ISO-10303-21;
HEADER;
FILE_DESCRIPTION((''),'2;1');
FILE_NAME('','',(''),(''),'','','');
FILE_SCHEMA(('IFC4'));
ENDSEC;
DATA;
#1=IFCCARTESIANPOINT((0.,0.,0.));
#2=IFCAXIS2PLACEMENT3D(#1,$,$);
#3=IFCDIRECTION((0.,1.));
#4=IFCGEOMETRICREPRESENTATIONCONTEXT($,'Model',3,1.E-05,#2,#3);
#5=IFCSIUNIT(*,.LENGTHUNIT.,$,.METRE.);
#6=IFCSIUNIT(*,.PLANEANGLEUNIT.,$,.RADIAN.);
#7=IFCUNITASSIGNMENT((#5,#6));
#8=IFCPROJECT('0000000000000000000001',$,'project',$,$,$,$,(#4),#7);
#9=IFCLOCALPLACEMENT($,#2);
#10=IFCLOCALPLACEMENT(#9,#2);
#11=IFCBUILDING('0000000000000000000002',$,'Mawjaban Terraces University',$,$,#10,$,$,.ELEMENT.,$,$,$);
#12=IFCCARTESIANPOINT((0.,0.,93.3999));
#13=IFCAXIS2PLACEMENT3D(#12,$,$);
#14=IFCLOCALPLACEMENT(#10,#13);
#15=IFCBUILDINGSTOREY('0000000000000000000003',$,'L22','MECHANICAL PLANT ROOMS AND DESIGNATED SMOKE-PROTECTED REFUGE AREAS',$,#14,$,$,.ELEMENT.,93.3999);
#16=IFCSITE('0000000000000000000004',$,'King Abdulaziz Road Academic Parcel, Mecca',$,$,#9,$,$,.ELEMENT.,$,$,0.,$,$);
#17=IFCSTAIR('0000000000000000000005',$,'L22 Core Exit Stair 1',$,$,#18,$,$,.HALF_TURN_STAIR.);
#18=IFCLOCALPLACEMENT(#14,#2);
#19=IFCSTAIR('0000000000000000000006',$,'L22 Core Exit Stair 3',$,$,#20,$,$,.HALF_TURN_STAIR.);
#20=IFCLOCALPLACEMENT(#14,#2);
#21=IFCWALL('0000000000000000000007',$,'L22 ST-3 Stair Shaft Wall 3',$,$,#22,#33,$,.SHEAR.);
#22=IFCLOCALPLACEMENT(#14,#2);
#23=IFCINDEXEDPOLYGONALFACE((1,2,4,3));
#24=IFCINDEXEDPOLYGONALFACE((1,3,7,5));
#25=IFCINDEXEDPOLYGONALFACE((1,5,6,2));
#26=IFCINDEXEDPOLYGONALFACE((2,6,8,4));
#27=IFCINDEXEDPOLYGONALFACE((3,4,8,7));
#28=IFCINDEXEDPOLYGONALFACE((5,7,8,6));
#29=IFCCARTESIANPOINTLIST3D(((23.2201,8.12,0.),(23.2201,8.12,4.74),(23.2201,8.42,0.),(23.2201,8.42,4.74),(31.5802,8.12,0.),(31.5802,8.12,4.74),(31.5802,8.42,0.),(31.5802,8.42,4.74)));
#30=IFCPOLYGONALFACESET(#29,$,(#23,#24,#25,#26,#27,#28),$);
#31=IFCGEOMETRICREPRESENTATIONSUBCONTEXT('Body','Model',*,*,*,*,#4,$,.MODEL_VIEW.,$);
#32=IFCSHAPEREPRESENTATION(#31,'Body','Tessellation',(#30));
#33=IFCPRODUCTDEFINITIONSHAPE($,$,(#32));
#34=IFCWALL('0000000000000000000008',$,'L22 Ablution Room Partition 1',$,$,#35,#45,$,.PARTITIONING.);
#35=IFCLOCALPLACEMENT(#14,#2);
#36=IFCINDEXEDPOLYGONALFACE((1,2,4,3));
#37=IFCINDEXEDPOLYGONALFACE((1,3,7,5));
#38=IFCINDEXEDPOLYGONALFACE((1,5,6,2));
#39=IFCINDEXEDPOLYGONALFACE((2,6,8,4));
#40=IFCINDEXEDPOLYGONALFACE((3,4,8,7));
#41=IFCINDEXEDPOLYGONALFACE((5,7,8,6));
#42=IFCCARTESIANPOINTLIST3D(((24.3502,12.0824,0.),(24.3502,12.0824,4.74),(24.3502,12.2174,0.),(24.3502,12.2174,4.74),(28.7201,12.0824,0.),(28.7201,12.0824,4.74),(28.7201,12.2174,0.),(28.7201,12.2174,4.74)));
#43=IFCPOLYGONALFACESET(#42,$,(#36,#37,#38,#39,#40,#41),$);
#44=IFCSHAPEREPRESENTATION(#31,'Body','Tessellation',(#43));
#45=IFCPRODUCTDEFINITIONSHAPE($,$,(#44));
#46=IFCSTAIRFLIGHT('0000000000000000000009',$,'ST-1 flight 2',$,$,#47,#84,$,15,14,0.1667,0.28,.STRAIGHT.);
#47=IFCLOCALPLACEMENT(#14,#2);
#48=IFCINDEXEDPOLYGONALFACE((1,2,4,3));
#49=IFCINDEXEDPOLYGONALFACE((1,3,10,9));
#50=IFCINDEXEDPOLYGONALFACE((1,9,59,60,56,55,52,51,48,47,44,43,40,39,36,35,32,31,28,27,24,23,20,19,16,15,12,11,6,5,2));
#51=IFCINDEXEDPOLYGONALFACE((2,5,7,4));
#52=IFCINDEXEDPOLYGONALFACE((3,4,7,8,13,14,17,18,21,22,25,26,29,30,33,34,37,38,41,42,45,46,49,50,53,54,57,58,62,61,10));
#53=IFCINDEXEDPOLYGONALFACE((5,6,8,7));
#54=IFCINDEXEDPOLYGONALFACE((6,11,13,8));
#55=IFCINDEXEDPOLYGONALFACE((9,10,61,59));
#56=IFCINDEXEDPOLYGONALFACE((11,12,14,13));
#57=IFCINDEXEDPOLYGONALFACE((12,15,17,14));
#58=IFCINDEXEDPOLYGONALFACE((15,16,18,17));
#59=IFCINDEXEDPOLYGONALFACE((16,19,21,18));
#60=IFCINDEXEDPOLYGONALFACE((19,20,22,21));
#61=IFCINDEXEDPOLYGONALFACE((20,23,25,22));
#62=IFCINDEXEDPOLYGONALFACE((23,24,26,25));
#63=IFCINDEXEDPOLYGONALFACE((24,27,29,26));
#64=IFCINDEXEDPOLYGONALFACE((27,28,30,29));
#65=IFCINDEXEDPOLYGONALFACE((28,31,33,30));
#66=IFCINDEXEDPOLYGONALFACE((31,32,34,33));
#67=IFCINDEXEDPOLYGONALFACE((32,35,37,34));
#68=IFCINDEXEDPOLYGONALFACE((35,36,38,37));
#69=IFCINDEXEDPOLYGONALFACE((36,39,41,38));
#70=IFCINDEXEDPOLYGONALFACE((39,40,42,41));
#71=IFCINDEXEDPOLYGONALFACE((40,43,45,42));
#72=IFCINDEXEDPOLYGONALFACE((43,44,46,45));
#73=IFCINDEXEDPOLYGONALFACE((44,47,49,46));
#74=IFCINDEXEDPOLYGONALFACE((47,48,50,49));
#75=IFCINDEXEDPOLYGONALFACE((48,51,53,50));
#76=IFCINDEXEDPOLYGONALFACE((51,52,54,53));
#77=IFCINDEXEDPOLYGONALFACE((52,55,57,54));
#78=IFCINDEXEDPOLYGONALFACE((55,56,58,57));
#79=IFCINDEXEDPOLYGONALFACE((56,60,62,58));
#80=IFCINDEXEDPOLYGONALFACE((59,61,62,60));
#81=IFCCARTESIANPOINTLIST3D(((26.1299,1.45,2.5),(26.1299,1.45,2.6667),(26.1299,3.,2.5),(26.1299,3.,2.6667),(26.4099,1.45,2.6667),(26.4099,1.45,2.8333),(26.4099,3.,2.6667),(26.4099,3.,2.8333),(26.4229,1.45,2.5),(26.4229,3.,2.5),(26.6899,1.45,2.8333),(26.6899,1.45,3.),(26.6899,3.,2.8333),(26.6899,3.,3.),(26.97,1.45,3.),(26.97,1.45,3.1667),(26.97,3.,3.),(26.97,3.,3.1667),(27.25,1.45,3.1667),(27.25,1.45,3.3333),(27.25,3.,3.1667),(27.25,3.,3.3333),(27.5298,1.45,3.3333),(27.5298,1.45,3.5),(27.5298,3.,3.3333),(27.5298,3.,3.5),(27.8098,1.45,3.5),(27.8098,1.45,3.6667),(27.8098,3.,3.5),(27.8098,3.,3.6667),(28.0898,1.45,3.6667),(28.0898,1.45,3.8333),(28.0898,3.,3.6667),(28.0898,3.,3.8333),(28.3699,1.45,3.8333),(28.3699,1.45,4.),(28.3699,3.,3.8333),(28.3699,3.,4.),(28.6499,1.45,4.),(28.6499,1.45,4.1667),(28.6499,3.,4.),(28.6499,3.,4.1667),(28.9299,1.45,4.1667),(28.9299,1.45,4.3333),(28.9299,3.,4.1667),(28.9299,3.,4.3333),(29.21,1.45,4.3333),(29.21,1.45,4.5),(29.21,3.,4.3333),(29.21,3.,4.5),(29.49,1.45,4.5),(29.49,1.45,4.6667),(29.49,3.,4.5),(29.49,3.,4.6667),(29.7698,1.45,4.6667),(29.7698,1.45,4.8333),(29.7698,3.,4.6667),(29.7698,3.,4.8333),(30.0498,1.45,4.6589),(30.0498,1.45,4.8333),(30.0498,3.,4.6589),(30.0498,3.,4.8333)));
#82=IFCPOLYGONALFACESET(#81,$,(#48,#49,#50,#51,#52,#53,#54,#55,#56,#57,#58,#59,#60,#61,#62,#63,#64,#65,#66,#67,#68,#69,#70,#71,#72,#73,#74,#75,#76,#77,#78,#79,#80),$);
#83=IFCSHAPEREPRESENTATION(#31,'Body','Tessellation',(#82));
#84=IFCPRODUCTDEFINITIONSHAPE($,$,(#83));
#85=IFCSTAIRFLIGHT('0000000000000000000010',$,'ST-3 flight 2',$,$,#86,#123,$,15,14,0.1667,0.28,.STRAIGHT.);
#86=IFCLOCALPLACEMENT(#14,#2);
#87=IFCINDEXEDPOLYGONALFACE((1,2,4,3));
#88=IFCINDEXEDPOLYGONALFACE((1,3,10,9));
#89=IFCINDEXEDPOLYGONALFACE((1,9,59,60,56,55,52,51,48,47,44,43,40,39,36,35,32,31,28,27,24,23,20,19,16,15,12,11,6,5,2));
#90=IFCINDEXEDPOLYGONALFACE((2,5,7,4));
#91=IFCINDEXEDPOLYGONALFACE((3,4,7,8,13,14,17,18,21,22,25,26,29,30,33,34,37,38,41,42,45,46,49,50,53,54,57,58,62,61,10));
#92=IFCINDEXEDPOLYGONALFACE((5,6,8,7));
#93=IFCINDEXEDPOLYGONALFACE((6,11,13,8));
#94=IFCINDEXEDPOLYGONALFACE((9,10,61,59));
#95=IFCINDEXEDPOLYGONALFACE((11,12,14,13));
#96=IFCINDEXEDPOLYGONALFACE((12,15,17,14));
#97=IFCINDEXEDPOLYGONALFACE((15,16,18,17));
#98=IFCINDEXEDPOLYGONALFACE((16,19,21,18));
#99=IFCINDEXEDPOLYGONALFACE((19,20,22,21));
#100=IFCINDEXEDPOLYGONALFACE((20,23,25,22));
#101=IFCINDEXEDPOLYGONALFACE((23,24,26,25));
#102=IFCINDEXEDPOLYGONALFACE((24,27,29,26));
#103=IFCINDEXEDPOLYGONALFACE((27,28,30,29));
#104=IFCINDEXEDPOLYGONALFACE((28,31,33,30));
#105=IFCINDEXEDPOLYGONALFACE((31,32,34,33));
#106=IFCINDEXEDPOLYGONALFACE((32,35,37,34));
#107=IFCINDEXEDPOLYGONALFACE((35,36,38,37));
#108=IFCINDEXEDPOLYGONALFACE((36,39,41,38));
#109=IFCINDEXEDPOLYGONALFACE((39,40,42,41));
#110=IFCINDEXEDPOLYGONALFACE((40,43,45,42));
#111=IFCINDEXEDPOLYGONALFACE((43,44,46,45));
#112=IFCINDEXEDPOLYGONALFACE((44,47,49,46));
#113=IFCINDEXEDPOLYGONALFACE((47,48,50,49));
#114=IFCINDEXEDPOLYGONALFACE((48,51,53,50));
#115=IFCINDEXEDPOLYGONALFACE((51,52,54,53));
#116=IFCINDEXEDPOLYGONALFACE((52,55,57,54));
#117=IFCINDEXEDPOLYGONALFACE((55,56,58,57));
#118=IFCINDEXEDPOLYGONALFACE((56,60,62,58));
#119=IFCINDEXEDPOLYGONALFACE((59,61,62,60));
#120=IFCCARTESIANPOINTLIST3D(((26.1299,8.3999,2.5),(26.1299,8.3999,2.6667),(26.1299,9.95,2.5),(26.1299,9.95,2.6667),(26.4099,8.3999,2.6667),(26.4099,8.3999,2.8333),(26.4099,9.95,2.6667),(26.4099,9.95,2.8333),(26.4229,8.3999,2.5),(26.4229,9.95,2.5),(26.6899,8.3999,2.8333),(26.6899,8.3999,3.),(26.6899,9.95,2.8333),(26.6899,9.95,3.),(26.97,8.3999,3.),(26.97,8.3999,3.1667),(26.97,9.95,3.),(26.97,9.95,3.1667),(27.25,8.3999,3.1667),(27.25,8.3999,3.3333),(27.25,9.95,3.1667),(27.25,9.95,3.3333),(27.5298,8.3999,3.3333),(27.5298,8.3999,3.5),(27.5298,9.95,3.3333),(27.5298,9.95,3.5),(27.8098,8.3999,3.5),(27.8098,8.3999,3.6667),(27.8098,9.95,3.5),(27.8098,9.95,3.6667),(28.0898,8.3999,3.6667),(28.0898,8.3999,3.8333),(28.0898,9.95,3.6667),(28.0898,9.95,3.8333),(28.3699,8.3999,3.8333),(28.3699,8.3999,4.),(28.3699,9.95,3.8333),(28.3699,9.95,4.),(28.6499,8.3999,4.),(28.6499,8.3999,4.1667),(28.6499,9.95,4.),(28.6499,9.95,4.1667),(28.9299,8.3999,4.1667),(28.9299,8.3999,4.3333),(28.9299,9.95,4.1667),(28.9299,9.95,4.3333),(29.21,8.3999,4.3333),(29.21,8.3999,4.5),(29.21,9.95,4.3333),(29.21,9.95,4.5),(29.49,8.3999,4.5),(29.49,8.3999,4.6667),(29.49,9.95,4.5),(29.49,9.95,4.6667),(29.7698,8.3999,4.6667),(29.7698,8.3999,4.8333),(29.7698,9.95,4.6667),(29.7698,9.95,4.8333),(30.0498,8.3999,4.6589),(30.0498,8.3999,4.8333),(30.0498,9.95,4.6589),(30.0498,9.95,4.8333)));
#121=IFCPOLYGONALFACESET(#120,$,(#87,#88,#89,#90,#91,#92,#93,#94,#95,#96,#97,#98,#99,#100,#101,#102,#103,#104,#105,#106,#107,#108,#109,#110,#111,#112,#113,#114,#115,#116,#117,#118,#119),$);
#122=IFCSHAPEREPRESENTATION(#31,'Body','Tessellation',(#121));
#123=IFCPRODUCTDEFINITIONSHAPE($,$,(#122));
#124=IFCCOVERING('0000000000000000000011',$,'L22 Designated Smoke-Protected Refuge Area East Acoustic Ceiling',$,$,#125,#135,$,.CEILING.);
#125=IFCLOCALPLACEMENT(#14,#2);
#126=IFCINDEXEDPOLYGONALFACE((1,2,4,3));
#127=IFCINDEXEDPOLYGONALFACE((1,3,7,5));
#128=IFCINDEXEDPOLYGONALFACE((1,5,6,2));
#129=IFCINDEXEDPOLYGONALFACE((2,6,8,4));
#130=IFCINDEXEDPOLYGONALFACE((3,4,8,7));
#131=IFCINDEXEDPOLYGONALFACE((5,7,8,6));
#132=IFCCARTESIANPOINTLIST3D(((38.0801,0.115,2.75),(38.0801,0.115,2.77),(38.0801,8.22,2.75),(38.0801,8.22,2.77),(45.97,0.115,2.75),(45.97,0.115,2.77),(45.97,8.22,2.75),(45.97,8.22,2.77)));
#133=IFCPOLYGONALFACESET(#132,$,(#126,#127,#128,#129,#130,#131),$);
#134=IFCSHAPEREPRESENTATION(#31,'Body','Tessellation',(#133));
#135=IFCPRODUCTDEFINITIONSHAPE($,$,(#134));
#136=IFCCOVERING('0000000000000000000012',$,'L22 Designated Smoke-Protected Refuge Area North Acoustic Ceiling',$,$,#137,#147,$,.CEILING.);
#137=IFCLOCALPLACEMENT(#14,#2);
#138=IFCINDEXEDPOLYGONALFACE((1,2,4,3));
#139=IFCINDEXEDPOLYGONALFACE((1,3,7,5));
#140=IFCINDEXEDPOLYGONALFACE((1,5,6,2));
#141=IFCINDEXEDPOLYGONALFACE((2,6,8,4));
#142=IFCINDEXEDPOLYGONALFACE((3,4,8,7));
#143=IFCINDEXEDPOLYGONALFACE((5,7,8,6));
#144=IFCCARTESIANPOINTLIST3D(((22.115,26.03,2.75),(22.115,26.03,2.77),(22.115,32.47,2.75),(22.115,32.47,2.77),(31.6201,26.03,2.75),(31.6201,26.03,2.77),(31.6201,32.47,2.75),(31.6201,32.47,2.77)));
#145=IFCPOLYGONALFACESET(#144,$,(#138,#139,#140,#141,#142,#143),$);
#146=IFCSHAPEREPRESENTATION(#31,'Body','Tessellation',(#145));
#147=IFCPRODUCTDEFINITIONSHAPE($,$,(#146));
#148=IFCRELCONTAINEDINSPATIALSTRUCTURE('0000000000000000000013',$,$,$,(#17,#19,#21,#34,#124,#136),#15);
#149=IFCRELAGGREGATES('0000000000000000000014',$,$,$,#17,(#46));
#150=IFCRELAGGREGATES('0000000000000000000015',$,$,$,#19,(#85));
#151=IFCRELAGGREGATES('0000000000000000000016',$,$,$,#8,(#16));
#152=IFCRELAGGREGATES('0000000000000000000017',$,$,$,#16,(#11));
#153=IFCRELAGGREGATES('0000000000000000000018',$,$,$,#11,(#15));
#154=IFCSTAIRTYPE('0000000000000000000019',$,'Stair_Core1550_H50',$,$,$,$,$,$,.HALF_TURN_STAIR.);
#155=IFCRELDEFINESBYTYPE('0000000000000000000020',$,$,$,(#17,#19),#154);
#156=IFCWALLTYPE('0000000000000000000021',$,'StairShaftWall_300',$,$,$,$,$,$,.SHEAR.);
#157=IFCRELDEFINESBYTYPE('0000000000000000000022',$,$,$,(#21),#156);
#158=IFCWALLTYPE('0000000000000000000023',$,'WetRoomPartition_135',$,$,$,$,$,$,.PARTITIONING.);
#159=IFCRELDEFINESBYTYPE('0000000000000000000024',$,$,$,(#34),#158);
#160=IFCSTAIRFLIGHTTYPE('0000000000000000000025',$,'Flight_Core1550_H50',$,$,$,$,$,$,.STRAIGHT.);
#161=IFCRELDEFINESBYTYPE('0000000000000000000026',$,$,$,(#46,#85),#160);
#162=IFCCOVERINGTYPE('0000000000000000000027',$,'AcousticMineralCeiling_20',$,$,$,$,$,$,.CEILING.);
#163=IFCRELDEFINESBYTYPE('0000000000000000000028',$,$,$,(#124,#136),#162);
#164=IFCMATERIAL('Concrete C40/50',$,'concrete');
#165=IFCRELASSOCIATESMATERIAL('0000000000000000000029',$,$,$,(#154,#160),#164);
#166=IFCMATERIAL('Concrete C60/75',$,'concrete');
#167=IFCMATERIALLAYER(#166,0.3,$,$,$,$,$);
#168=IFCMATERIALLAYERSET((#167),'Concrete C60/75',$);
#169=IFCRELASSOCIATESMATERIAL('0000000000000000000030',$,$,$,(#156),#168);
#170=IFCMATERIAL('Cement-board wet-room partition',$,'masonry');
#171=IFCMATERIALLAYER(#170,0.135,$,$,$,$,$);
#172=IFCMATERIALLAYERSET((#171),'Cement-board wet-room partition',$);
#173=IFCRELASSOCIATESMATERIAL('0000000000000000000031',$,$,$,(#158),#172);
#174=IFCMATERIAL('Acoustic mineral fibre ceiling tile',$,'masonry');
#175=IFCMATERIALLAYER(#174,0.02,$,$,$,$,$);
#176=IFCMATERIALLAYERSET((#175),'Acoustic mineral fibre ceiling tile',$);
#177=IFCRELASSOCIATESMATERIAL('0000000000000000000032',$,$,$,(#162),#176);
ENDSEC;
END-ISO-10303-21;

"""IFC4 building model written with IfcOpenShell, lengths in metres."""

from ifc_helpers import new_model, si_unit, direction, frame, frame_2d, origin, place, context, subcontext, project, spatial, polyline, rectangle, outline, extrude, material, layer, layer_set, type_object, element, aggregate, save


model = new_model("IFC4")

# Units and contexts
model_context = context("Model", 3, precision=1e-05, world=origin(), true_north=direction((0.0, 1.0)))
body_context = subcontext(model_context, "Body", "Model", "MODEL_VIEW")
ifc_project = project(units=[si_unit("LENGTHUNIT", "METRE"), si_unit("PLANEANGLEUNIT", "RADIAN")], contexts=[model_context])

# Site, building, storey
site_placement = place(None, origin())
site = spatial("IfcSite", under=ifc_project, at=site_placement, Name="King Abdulaziz Road Academic Parcel, Mecca", CompositionType="ELEMENT", RefElevation=0.0)
building_placement = place(site_placement, origin())
building = spatial("IfcBuilding", under=site, at=building_placement, Name="Mawjaban Terraces University", CompositionType="ELEMENT")
storey_placement = place(building_placement, frame((0.0, 0.0, 93.3999)))
storey = spatial("IfcBuildingStorey", under=building, at=storey_placement, Name="L22", Description="MECHANICAL PLANT ROOMS AND DESIGNATED SMOKE-PROTECTED REFUGE AREAS", CompositionType="ELEMENT", Elevation=93.3999)

# Shared definitions
ifc_material_1 = material(Name="Concrete C40/50", Category="concrete")

# Stairs
stair_type = type_object("IfcStairType", Name="Stair_Core1550_H50", PredefinedType="HALF_TURN_STAIR", material=ifc_material_1)
stair_1_placement = place(storey_placement, origin())
stair_1 = element("IfcStair", 1, at=stair_1_placement, inside=storey, type_object=stair_type, Name="L22 Core Exit Stair 1", PredefinedType="HALF_TURN_STAIR")
stair_2_placement = place(storey_placement, origin())
stair_2 = element("IfcStair", 2, at=stair_2_placement, inside=storey, type_object=stair_type, Name="L22 Core Exit Stair 3", PredefinedType="HALF_TURN_STAIR")

# Walls
ifc_material_2 = material(Name="Concrete C60/75", Category="concrete")
ifc_layer_1 = layer(ifc_material_2, 0.3)
ifc_layer_set_1 = layer_set([ifc_layer_1], Name="Concrete C60/75")
wall_type_1 = type_object("IfcWallType", Name="StairShaftWall_300", PredefinedType="SHEAR", material=ifc_layer_set_1)
wall_1_placement = place(storey_placement, frame((23.22, 8.27, 0.0), z_axis=(0.0, 0.0, 1.0), x_axis=(1.0, 0.0, 0.0)))
element("IfcWall", 3, at=wall_1_placement, inside=storey, type_object=wall_type_1, Name="L22 ST-3 Stair Shaft Wall 3", PredefinedType="SHEAR", context=body_context, shape_type="SweptSolid", body=[
    extrude(rectangle(XDim=8.3601, YDim=0.3, at=frame_2d((4.1802, 0.0))), origin(), (0.0, 0.0, 1.0), 4.74),
])
ifc_material_3 = material(Name="Cement-board wet-room partition", Category="masonry")
ifc_layer_2 = layer(ifc_material_3, 0.135)
ifc_layer_set_2 = layer_set([ifc_layer_2], Name="Cement-board wet-room partition")
wall_type_2 = type_object("IfcWallType", Name="WetRoomPartition_135", PredefinedType="PARTITIONING", material=ifc_layer_set_2)
wall_2_placement = place(storey_placement, frame((24.3501, 12.1499, 0.0), z_axis=(0.0, 0.0, 1.0), x_axis=(1.0, 0.0, 0.0)))
element("IfcWall", 4, at=wall_2_placement, inside=storey, type_object=wall_type_2, Name="L22 Ablution Room Partition 1", PredefinedType="PARTITIONING", context=body_context, shape_type="SweptSolid", body=[
    extrude(rectangle(XDim=4.3699, YDim=0.135, at=frame_2d((2.1851, 0.0))), origin(), (0.0, 0.0, 1.0), 4.74),
])

# Stair flights
stair_flight_type = type_object("IfcStairFlightType", Name="Flight_Core1550_H50", PredefinedType="STRAIGHT", material=ifc_material_1)
stair_flight_1_placement = place(storey_placement, frame((26.1299, 2.2251, 2.5), z_axis=(0.0, 0.0, 1.0), x_axis=(1.0, 0.0, 0.0)))
stair_flight_1 = element("IfcStairFlight", 5, at=stair_flight_1_placement, type_object=stair_flight_type, Name="ST-1 flight 2", NumberOfRisers=15, NumberOfTreads=14, PredefinedType="STRAIGHT", RiserHeight=0.1667, TreadLength=0.28, context=body_context, shape_type="SweptSolid", body=[
    extrude(outline(polyline([(0.0, 0.0), (0.0, 0.1667), (0.28, 0.1667), (0.28, 0.3333), (0.5601, 0.3333), (0.5601, 0.5), (0.8401, 0.5), (0.8401, 0.6667), (1.1201, 0.6667), (1.1201, 0.8333), (1.3999, 0.8333), (1.3999, 1.0), (1.6799, 1.0), (1.6799, 1.1667), (1.96, 1.1667), (1.96, 1.3333), (2.24, 1.3333), (2.24, 1.5), (2.52, 1.5), (2.52, 1.6667), (2.8, 1.6667), (2.8, 1.8333), (3.0801, 1.8333), (3.0801, 2.0), (3.3601, 2.0), (3.3601, 2.1667), (3.6399, 2.1667), (3.6399, 2.3333), (3.9199, 2.3333), (3.9199, 2.5), (3.9199, 2.1589), (0.293, 0.0), (0.0, 0.0)])), frame((0.0, 0.7749, 0.0), z_axis=(0.0, -1.0, 0.0), x_axis=(1.0, 0.0, 0.0)), (0.0, 0.0, 1.0), 1.55),
])
aggregate(stair_1, [stair_flight_1])
stair_flight_2_placement = place(storey_placement, frame((26.1299, 9.175, 2.5), z_axis=(0.0, 0.0, 1.0), x_axis=(1.0, 0.0, 0.0)))
stair_flight_2 = element("IfcStairFlight", 6, at=stair_flight_2_placement, type_object=stair_flight_type, Name="ST-3 flight 2", NumberOfRisers=15, NumberOfTreads=14, PredefinedType="STRAIGHT", RiserHeight=0.1667, TreadLength=0.28, context=body_context, shape_type="SweptSolid", body=[
    extrude(outline(polyline([(0.0, 0.0), (0.0, 0.1667), (0.28, 0.1667), (0.28, 0.3333), (0.5601, 0.3333), (0.5601, 0.5), (0.8401, 0.5), (0.8401, 0.6667), (1.1201, 0.6667), (1.1201, 0.8333), (1.3999, 0.8333), (1.3999, 1.0), (1.6799, 1.0), (1.6799, 1.1667), (1.96, 1.1667), (1.96, 1.3333), (2.24, 1.3333), (2.24, 1.5), (2.52, 1.5), (2.52, 1.6667), (2.8, 1.6667), (2.8, 1.8333), (3.0801, 1.8333), (3.0801, 2.0), (3.3601, 2.0), (3.3601, 2.1667), (3.6399, 2.1667), (3.6399, 2.3333), (3.9199, 2.3333), (3.9199, 2.5), (3.9199, 2.1589), (0.293, 0.0), (0.0, 0.0)])), frame((0.0, 0.7749, 0.0), z_axis=(0.0, -1.0, 0.0), x_axis=(1.0, 0.0, 0.0)), (0.0, 0.0, 1.0), 1.55),
])
aggregate(stair_2, [stair_flight_2])

# Coverings
ifc_material_4 = material(Name="Acoustic mineral fibre ceiling tile", Category="masonry")
ifc_layer_3 = layer(ifc_material_4, 0.02)
ifc_layer_set_3 = layer_set([ifc_layer_3], Name="Acoustic mineral fibre ceiling tile")
covering_type = type_object("IfcCoveringType", Name="AcousticMineralCeiling_20", PredefinedType="CEILING", material=ifc_layer_set_3)
covering_1_placement = place(storey_placement, frame((0.0, 0.0, 2.75)))
element("IfcCovering", 7, at=covering_1_placement, inside=storey, type_object=covering_type, Name="L22 Designated Smoke-Protected Refuge Area East Acoustic Ceiling", PredefinedType="CEILING", context=body_context, shape_type="SweptSolid", body=[
    extrude(outline(polyline([(38.0801, 0.115), (45.97, 0.115), (45.97, 8.22), (38.0801, 8.22), (38.0801, 0.115)])), origin(), (0.0, 0.0, 1.0), 0.02),
])
covering_2_placement = place(storey_placement, frame((0.0, 0.0, 2.75)))
element("IfcCovering", 8, at=covering_2_placement, inside=storey, type_object=covering_type, Name="L22 Designated Smoke-Protected Refuge Area North Acoustic Ceiling", PredefinedType="CEILING", context=body_context, shape_type="SweptSolid", body=[
    extrude(outline(polyline([(22.115, 26.03), (31.6201, 26.03), (31.6201, 32.47), (22.115, 32.47), (22.115, 26.03)])), origin(), (0.0, 0.0, 1.0), 0.02),
])

save(model, "model.ifc")
